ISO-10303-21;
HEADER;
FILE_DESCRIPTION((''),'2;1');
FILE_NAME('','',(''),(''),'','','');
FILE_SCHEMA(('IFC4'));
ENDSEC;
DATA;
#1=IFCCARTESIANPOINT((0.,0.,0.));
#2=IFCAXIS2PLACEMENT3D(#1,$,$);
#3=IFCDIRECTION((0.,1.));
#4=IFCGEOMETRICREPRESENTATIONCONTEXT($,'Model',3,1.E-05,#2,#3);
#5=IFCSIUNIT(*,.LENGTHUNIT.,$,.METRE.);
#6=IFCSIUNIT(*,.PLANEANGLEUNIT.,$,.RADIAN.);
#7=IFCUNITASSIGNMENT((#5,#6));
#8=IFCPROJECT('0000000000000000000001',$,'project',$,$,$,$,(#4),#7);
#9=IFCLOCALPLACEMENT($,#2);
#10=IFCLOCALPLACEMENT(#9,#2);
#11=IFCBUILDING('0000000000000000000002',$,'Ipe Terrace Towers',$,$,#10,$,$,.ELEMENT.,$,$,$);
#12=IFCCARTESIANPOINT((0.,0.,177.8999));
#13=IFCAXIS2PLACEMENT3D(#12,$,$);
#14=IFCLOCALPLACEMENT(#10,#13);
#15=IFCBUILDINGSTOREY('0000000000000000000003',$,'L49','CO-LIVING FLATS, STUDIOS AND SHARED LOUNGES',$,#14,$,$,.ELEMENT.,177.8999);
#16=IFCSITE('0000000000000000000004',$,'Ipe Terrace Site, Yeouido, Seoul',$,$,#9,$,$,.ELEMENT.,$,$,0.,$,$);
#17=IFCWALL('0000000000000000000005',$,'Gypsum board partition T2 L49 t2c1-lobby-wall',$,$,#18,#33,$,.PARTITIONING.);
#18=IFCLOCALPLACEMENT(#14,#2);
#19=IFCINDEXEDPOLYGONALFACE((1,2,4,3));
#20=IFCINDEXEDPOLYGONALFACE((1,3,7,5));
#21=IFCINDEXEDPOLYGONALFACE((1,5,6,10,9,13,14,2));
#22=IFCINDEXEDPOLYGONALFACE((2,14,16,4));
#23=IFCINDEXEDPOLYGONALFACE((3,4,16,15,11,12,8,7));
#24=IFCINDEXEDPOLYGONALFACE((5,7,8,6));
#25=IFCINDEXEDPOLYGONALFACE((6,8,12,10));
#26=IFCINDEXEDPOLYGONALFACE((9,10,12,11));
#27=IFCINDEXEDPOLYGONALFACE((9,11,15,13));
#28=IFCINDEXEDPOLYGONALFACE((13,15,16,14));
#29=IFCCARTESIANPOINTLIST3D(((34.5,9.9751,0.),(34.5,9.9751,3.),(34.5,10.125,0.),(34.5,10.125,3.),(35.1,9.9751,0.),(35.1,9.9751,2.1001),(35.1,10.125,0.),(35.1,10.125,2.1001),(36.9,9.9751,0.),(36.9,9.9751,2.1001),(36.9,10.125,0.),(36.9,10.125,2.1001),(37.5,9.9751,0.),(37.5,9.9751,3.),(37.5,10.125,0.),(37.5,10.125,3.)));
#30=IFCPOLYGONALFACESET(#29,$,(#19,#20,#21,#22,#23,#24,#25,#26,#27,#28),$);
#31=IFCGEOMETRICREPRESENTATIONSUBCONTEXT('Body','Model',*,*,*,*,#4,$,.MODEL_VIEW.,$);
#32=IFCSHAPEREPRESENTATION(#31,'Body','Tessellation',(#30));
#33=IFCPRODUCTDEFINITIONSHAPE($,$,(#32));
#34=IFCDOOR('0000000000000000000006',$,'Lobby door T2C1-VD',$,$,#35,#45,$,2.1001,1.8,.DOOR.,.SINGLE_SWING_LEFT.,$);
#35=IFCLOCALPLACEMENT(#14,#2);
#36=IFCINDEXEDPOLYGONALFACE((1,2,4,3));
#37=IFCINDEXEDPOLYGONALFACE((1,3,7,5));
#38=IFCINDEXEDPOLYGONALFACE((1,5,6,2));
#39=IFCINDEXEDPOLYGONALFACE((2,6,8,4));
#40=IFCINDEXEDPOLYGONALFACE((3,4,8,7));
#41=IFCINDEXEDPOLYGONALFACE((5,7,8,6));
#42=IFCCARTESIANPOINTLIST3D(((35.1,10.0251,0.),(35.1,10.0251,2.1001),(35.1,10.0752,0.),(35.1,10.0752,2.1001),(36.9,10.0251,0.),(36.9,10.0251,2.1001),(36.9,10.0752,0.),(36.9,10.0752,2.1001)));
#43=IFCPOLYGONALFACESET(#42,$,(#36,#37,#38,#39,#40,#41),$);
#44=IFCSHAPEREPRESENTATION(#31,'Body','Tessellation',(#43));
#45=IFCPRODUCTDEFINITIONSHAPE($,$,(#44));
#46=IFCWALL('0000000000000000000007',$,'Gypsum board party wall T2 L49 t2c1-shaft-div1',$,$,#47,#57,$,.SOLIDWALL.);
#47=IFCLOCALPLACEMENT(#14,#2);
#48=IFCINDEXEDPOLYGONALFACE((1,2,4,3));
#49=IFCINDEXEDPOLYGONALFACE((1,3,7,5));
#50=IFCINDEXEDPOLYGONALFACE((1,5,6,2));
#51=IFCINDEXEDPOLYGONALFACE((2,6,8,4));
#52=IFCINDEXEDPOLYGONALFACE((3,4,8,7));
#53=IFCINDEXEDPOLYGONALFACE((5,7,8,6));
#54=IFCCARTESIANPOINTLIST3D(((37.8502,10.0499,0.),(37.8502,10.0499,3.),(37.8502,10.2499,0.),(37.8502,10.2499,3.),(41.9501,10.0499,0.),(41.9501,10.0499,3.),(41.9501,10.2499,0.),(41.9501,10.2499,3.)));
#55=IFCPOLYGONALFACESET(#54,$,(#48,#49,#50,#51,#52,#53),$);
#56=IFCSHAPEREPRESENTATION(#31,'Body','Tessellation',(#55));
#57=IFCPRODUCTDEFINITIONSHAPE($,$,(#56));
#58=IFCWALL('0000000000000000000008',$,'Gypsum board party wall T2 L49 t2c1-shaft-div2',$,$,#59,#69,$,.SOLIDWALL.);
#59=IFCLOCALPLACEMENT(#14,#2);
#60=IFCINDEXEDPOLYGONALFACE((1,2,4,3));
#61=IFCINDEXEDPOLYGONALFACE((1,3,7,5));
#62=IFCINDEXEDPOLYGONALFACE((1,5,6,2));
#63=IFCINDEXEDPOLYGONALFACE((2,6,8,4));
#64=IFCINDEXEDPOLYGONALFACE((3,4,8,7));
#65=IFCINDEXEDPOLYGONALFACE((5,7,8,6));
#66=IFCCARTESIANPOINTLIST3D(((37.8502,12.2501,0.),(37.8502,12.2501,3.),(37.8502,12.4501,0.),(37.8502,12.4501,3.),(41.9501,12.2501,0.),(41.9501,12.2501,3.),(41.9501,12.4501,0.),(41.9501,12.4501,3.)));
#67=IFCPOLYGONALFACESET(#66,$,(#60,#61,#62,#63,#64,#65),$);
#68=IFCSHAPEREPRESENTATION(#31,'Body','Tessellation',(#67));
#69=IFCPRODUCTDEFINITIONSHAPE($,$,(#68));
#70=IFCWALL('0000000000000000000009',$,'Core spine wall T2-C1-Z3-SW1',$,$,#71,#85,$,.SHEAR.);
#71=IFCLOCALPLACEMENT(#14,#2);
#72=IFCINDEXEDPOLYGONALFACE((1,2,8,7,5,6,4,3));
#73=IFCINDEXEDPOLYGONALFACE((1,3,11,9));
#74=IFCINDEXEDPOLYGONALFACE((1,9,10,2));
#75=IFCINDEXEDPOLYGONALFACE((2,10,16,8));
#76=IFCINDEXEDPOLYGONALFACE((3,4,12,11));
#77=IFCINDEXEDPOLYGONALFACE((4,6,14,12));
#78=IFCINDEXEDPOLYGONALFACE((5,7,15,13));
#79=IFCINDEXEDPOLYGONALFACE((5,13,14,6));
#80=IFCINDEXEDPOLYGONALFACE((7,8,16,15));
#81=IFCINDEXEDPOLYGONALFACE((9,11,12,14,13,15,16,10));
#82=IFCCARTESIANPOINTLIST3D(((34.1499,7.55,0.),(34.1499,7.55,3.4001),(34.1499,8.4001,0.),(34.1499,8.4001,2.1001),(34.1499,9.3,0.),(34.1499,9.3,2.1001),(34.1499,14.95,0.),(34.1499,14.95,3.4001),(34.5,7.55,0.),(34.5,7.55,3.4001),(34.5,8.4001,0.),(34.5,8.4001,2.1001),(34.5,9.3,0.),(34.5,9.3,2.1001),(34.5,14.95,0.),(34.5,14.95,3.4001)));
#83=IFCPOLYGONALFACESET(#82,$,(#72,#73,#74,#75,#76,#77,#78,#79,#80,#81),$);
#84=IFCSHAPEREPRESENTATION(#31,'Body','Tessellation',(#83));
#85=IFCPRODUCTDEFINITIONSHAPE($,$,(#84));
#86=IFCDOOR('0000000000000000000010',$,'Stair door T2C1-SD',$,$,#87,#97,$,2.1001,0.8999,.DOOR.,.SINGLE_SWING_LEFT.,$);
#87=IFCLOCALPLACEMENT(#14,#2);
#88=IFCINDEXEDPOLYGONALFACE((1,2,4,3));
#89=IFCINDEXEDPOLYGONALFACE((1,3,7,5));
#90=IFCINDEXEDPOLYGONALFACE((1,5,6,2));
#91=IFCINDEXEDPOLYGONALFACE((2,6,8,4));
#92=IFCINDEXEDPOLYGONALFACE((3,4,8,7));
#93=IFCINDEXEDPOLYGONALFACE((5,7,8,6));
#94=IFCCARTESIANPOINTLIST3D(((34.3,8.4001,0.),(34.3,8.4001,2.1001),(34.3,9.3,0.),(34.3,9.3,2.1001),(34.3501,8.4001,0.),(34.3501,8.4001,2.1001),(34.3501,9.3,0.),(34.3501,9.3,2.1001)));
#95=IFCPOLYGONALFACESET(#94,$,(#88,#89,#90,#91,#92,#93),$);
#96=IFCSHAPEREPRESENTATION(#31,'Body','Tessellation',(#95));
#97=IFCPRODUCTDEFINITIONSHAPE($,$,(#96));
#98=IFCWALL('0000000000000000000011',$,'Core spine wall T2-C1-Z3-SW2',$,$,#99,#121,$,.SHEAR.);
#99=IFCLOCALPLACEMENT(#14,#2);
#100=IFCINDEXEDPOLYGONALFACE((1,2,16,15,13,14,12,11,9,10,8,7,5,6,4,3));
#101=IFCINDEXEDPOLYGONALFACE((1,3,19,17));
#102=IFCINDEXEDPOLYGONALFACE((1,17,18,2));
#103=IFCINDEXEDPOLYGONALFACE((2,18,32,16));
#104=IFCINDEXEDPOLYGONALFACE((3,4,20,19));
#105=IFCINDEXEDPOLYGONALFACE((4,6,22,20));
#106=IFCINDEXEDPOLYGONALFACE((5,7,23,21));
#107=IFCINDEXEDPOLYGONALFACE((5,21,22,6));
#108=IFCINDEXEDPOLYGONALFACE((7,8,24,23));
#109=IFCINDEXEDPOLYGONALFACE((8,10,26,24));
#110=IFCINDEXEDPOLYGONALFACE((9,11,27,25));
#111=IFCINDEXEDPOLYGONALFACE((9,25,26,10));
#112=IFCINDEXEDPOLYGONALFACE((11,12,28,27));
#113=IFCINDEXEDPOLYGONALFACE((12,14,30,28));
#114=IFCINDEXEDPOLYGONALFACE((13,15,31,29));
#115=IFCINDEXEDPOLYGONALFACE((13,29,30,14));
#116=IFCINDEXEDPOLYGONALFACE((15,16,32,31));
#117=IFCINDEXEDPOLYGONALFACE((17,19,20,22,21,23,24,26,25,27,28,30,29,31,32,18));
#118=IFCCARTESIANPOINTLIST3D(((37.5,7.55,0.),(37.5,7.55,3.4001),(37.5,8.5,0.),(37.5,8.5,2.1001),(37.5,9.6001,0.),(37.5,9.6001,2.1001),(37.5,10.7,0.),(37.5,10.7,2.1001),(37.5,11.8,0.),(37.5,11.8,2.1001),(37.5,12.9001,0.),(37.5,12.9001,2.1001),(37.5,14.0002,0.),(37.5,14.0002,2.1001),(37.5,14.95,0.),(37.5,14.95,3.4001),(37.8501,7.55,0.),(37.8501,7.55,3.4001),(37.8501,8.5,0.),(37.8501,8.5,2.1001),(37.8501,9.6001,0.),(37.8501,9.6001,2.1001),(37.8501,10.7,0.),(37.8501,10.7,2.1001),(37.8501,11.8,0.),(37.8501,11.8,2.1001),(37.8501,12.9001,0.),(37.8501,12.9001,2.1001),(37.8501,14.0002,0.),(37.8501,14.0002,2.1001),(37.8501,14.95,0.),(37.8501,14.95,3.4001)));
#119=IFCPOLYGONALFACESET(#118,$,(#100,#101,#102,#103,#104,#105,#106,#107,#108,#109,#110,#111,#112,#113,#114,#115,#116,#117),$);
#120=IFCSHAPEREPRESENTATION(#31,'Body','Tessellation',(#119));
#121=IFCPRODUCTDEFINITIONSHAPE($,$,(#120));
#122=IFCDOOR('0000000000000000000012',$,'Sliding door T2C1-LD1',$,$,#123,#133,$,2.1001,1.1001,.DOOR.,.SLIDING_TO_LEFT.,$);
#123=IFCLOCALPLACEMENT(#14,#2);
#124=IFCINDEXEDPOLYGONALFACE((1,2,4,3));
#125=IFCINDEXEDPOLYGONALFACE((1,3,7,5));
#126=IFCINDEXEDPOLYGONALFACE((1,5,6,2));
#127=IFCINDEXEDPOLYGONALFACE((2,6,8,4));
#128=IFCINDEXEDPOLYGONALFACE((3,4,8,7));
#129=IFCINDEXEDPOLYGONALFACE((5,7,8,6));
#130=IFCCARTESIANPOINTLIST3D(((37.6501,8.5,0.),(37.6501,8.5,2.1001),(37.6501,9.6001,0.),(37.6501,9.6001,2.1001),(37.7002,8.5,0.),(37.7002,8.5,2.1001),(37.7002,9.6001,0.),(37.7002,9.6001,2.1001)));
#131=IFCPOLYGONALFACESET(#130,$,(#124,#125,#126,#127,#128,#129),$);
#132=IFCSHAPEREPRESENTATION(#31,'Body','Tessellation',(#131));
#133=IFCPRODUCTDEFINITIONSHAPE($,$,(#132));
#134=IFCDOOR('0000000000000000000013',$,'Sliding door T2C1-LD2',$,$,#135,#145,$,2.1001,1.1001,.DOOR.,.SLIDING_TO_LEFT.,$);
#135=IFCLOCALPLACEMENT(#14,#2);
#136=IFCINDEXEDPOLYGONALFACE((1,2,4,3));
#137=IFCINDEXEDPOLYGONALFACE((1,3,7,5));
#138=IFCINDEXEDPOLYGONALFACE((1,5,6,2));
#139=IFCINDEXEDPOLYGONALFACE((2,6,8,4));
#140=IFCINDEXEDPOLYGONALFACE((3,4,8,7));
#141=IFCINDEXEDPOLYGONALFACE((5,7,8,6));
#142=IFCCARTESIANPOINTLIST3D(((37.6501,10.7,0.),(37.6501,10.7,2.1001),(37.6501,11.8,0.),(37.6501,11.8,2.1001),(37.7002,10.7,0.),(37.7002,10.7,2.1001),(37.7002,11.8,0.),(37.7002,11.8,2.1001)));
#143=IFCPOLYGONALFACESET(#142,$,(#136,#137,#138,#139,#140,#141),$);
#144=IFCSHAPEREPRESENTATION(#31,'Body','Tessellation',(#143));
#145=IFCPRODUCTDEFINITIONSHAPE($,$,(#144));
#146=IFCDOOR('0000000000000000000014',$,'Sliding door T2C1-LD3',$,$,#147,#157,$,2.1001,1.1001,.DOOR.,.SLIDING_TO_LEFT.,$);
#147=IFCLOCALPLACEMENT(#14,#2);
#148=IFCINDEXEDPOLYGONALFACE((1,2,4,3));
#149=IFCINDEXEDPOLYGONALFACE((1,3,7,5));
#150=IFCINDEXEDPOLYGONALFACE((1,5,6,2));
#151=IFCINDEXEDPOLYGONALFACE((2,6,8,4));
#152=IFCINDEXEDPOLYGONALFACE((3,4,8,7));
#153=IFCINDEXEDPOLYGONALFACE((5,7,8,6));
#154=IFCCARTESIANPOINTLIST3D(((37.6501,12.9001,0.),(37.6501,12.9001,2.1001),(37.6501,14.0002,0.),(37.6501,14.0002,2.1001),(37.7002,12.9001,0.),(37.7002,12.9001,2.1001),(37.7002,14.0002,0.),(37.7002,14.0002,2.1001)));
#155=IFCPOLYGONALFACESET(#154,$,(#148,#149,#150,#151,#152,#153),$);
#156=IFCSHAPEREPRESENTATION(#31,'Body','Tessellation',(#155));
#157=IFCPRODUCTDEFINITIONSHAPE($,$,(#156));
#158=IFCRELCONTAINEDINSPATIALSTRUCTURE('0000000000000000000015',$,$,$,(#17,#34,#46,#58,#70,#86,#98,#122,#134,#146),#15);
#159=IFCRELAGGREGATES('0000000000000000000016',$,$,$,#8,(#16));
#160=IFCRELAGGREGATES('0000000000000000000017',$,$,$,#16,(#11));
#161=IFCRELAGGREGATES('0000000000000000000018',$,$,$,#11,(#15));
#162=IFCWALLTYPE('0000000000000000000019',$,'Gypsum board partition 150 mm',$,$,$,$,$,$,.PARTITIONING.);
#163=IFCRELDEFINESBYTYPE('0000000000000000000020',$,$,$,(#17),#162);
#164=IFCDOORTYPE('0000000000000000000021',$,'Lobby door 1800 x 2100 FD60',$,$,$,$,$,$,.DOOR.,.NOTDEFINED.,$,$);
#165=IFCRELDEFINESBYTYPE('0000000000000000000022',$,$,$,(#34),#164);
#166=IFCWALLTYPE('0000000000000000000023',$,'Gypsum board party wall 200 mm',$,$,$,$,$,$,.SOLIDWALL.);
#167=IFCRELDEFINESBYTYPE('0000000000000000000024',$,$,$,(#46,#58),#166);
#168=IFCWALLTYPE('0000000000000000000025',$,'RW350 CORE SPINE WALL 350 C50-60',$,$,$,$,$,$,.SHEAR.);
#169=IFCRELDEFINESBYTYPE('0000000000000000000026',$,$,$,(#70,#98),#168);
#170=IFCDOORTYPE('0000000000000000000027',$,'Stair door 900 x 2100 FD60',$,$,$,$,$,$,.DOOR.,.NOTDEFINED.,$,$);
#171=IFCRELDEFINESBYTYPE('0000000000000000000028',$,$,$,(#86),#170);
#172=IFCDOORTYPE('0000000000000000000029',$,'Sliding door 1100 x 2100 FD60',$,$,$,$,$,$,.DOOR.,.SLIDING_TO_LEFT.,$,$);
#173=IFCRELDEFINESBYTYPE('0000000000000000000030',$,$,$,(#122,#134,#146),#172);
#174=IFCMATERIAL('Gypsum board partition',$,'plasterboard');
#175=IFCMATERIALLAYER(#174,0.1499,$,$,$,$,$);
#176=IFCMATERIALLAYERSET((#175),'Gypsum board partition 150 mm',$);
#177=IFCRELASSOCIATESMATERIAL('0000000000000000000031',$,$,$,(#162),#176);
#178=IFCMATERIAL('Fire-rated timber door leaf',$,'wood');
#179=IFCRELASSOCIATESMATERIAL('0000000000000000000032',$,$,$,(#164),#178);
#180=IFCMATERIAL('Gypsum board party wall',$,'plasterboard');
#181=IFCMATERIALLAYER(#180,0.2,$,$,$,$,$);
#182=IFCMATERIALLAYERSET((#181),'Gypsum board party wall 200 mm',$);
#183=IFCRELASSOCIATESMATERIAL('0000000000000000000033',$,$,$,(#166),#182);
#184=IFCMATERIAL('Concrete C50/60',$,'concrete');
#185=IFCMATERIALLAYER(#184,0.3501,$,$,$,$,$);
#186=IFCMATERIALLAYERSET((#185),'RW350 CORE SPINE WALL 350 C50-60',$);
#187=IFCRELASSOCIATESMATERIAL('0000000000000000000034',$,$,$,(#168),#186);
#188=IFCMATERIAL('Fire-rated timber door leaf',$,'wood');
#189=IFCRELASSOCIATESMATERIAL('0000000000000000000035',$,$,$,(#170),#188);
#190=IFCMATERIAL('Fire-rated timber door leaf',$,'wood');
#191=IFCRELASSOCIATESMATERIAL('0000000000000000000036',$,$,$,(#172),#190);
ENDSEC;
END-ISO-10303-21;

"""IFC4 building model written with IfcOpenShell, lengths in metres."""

from ifc_helpers import new_model, si_unit, direction, frame, frame_2d, origin, place, context, subcontext, project, spatial, rectangle, extrude, material, layer, layer_set, type_object, element, fill, save


model = new_model("IFC4")

# Units and contexts
model_context = context("Model", 3, precision=1e-05, world=origin(), true_north=direction((0.0, 1.0)))
body_context = subcontext(model_context, "Body", "Model", "MODEL_VIEW")
ifc_project = project(units=[si_unit("LENGTHUNIT", "METRE"), si_unit("PLANEANGLEUNIT", "RADIAN")], contexts=[model_context])

# Site, building, storey
site_placement = place(None, origin())
site = spatial("IfcSite", under=ifc_project, at=site_placement, Name="Ipe Terrace Site, Yeouido, Seoul", CompositionType="ELEMENT", RefElevation=0.0)
building_placement = place(site_placement, origin())
building = spatial("IfcBuilding", under=site, at=building_placement, Name="Ipe Terrace Towers", CompositionType="ELEMENT")
storey_placement = place(building_placement, frame((0.0, 0.0, 177.8999)))
storey = spatial("IfcBuildingStorey", under=building, at=storey_placement, Name="L49", Description="CO-LIVING FLATS, STUDIOS AND SHARED LOUNGES", CompositionType="ELEMENT", Elevation=177.8999)

# Wall, opening, door
ifc_material_1 = material(Name="Gypsum board partition", Category="plasterboard")
ifc_layer_1 = layer(ifc_material_1, 0.1499)
ifc_layer_set_1 = layer_set([ifc_layer_1], Name="Gypsum board partition 150 mm")
wall_type_1 = type_object("IfcWallType", Name="Gypsum board partition 150 mm", PredefinedType="PARTITIONING", material=ifc_layer_set_1)
wall_1_placement = place(storey_placement, frame((37.5, 10.05, 0.0), z_axis=(0.0, 0.0, 1.0), x_axis=(-1.0, 0.0, 0.0)))
wall_1 = element("IfcWall", 1, at=wall_1_placement, inside=storey, type_object=wall_type_1, Name="Gypsum board partition T2 L49 t2c1-lobby-wall", PredefinedType="PARTITIONING", context=body_context, shape_type="SweptSolid", body=[
    extrude(rectangle(XDim=3.0, YDim=0.1499, at=frame_2d((1.5, 0.0))), origin(), (0.0, 0.0, 1.0), 3.0),
])
opening_1_placement = place(wall_1_placement, frame((0.6001, 0.0, 0.0)))
opening_1 = element("IfcOpeningElement", 2, at=opening_1_placement, cuts=wall_1, PredefinedType="OPENING", context=body_context, shape_type="SweptSolid", body=[
    extrude(rectangle(XDim=1.8, YDim=2.1001, at=frame_2d((0.8999, 1.05))), frame((0.0, 0.085, 0.0), z_axis=(0.0, -1.0, 0.0), x_axis=(1.0, 0.0, 0.0)), (0.0, 0.0, 1.0), 0.1699),
])
ifc_material_2 = material(Name="Fire-rated timber door leaf", Category="wood")
door_type_1 = type_object("IfcDoorType", Name="Lobby door 1800 x 2100 FD60", OperationType="NOTDEFINED", PredefinedType="DOOR", material=ifc_material_2)
door_1_placement = place(opening_1_placement, origin())
door_1 = element("IfcDoor", 3, at=door_1_placement, inside=storey, type_object=door_type_1, Name="Lobby door T2C1-VD", OperationType="SINGLE_SWING_LEFT", OverallHeight=2.1001, OverallWidth=1.8, PredefinedType="DOOR", context=body_context, shape_type="SweptSolid", body=[
    extrude(rectangle(XDim=1.8, YDim=2.1001, at=frame_2d((0.8999, 1.05))), frame((0.0, 0.0249, 0.0), z_axis=(0.0, -1.0, 0.0), x_axis=(1.0, 0.0, 0.0)), (0.0, 0.0, 1.0), 0.05),
])
fill(opening_1, door_1)

# Walls
ifc_material_3 = material(Name="Gypsum board party wall", Category="plasterboard")
ifc_layer_2 = layer(ifc_material_3, 0.2)
ifc_layer_set_2 = layer_set([ifc_layer_2], Name="Gypsum board party wall 200 mm")
wall_type_2 = type_object("IfcWallType", Name="Gypsum board party wall 200 mm", PredefinedType="SOLIDWALL", material=ifc_layer_set_2)
for number, where, z_axis, x_axis, name in (
    (4, (41.95, 10.1499, 0.0), (0.0, 0.0, 1.0), (-1.0, 0.0, 0.0), "Gypsum board party wall T2 L49 t2c1-shaft-div1"),
    (5, (41.95, 12.3501, 0.0), (0.0, 0.0, 1.0), (-1.0, 0.0, 0.0), "Gypsum board party wall T2 L49 t2c1-shaft-div2"),
):
    element("IfcWall", number, at=place(storey_placement, frame(where, z_axis=z_axis, x_axis=x_axis)), inside=storey, type_object=wall_type_2, Name=name, PredefinedType="SOLIDWALL", context=body_context, shape_type="SweptSolid", body=[
        extrude(rectangle(XDim=4.0999, YDim=0.2, at=frame_2d((2.0498, 0.0))), origin(), (0.0, 0.0, 1.0), 3.0),
    ])

# Wall, opening, door
ifc_material_4 = material(Name="Concrete C50/60", Category="concrete")
ifc_layer_3 = layer(ifc_material_4, 0.3501)
ifc_layer_set_3 = layer_set([ifc_layer_3], Name="RW350 CORE SPINE WALL 350 C50-60")
wall_type_3 = type_object("IfcWallType", Name="RW350 CORE SPINE WALL 350 C50-60", PredefinedType="SHEAR", material=ifc_layer_set_3)
wall_2_placement = place(storey_placement, frame((34.325, 7.55, 0.0), z_axis=(0.0, 0.0, 1.0), x_axis=(0.0, 1.0, 0.0)))
wall_2 = element("IfcWall", 6, at=wall_2_placement, inside=storey, type_object=wall_type_3, Name="Core spine wall T2-C1-Z3-SW1", PredefinedType="SHEAR", context=body_context, shape_type="SweptSolid", body=[
    extrude(rectangle(XDim=7.3999, YDim=0.3501, at=frame_2d((3.7, 0.0))), origin(), (0.0, 0.0, 1.0), 3.4001),
])
opening_2_placement = place(wall_2_placement, frame((0.8501, 0.0, 0.0)))
opening_2 = element("IfcOpeningElement", 7, at=opening_2_placement, cuts=wall_2, PredefinedType="OPENING", context=body_context, shape_type="SweptSolid", body=[
    extrude(rectangle(XDim=0.8999, YDim=2.1001, at=frame_2d((0.45, 1.05))), frame((0.0, 0.1851, 0.0), z_axis=(0.0, -1.0, 0.0), x_axis=(1.0, 0.0, 0.0)), (0.0, 0.0, 1.0), 0.3701),
])
ifc_material_5 = material(Name="Fire-rated timber door leaf", Category="wood")
door_type_2 = type_object("IfcDoorType", Name="Stair door 900 x 2100 FD60", OperationType="NOTDEFINED", PredefinedType="DOOR", material=ifc_material_5)
door_2_placement = place(opening_2_placement, origin())
door_2 = element("IfcDoor", 8, at=door_2_placement, inside=storey, type_object=door_type_2, Name="Stair door T2C1-SD", OperationType="SINGLE_SWING_LEFT", OverallHeight=2.1001, OverallWidth=0.8999, PredefinedType="DOOR", context=body_context, shape_type="SweptSolid", body=[
    extrude(rectangle(XDim=0.8999, YDim=2.1001, at=frame_2d((0.45, 1.05))), frame((0.0, 0.0249, 0.0), z_axis=(0.0, -1.0, 0.0), x_axis=(1.0, 0.0, 0.0)), (0.0, 0.0, 1.0), 0.05),
])
fill(opening_2, door_2)

# Wall, openings, doors
wall_3_placement = place(storey_placement, frame((37.675, 7.55, 0.0), z_axis=(0.0, 0.0, 1.0), x_axis=(0.0, 1.0, 0.0)))
wall_3 = element("IfcWall", 9, at=wall_3_placement, inside=storey, type_object=wall_type_3, Name="Core spine wall T2-C1-Z3-SW2", PredefinedType="SHEAR", context=body_context, shape_type="SweptSolid", body=[
    extrude(rectangle(XDim=7.3999, YDim=0.3501, at=frame_2d((3.7, 0.0))), origin(), (0.0, 0.0, 1.0), 3.4001),
])
opening_3_placement = place(wall_3_placement, frame((0.95, 0.0, 0.0)))
opening_3 = element("IfcOpeningElement", 10, at=opening_3_placement, cuts=wall_3, PredefinedType="OPENING", context=body_context, shape_type="SweptSolid", body=[
    extrude(rectangle(XDim=1.1001, YDim=2.1001, at=frame_2d((0.55, 1.05))), frame((0.0, 0.1851, 0.0), z_axis=(0.0, -1.0, 0.0), x_axis=(1.0, 0.0, 0.0)), (0.0, 0.0, 1.0), 0.3701),
])
opening_4_placement = place(wall_3_placement, frame((3.1499, 0.0, 0.0)))
opening_4 = element("IfcOpeningElement", 11, at=opening_4_placement, cuts=wall_3, PredefinedType="OPENING", context=body_context, shape_type="SweptSolid", body=[
    extrude(rectangle(XDim=1.1001, YDim=2.1001, at=frame_2d((0.55, 1.05))), frame((0.0, 0.1851, 0.0), z_axis=(0.0, -1.0, 0.0), x_axis=(1.0, 0.0, 0.0)), (0.0, 0.0, 1.0), 0.3701),
])
opening_5_placement = place(wall_3_placement, frame((5.3501, 0.0, 0.0)))
opening_5 = element("IfcOpeningElement", 12, at=opening_5_placement, cuts=wall_3, PredefinedType="OPENING", context=body_context, shape_type="SweptSolid", body=[
    extrude(rectangle(XDim=1.1001, YDim=2.1001, at=frame_2d((0.55, 1.05))), frame((0.0, 0.1851, 0.0), z_axis=(0.0, -1.0, 0.0), x_axis=(1.0, 0.0, 0.0)), (0.0, 0.0, 1.0), 0.3701),
])
ifc_material_6 = material(Name="Fire-rated timber door leaf", Category="wood")
door_type_3 = type_object("IfcDoorType", Name="Sliding door 1100 x 2100 FD60", OperationType="SLIDING_TO_LEFT", PredefinedType="DOOR", material=ifc_material_6)
door_3_placement = place(opening_3_placement, origin())
door_3 = element("IfcDoor", 13, at=door_3_placement, inside=storey, type_object=door_type_3, Name="Sliding door T2C1-LD1", OperationType="SLIDING_TO_LEFT", OverallHeight=2.1001, OverallWidth=1.1001, PredefinedType="DOOR", context=body_context, shape_type="SweptSolid", body=[
    extrude(rectangle(XDim=1.1001, YDim=2.1001, at=frame_2d((0.55, 1.05))), frame((0.0, 0.0249, 0.0), z_axis=(0.0, -1.0, 0.0), x_axis=(1.0, 0.0, 0.0)), (0.0, 0.0, 1.0), 0.05),
])
fill(opening_3, door_3)
door_4_placement = place(opening_4_placement, origin())
door_4 = element("IfcDoor", 14, at=door_4_placement, inside=storey, type_object=door_type_3, Name="Sliding door T2C1-LD2", OperationType="SLIDING_TO_LEFT", OverallHeight=2.1001, OverallWidth=1.1001, PredefinedType="DOOR", context=body_context, shape_type="SweptSolid", body=[
    extrude(rectangle(XDim=1.1001, YDim=2.1001, at=frame_2d((0.55, 1.05))), frame((0.0, 0.0249, 0.0), z_axis=(0.0, -1.0, 0.0), x_axis=(1.0, 0.0, 0.0)), (0.0, 0.0, 1.0), 0.05),
])
fill(opening_4, door_4)
door_5_placement = place(opening_5_placement, origin())
door_5 = element("IfcDoor", 15, at=door_5_placement, inside=storey, type_object=door_type_3, Name="Sliding door T2C1-LD3", OperationType="SLIDING_TO_LEFT", OverallHeight=2.1001, OverallWidth=1.1001, PredefinedType="DOOR", context=body_context, shape_type="SweptSolid", body=[
    extrude(rectangle(XDim=1.1001, YDim=2.1001, at=frame_2d((0.55, 1.05))), frame((0.0, 0.0249, 0.0), z_axis=(0.0, -1.0, 0.0), x_axis=(1.0, 0.0, 0.0)), (0.0, 0.0, 1.0), 0.05),
])
fill(opening_5, door_5)

save(model, "model.ifc")
